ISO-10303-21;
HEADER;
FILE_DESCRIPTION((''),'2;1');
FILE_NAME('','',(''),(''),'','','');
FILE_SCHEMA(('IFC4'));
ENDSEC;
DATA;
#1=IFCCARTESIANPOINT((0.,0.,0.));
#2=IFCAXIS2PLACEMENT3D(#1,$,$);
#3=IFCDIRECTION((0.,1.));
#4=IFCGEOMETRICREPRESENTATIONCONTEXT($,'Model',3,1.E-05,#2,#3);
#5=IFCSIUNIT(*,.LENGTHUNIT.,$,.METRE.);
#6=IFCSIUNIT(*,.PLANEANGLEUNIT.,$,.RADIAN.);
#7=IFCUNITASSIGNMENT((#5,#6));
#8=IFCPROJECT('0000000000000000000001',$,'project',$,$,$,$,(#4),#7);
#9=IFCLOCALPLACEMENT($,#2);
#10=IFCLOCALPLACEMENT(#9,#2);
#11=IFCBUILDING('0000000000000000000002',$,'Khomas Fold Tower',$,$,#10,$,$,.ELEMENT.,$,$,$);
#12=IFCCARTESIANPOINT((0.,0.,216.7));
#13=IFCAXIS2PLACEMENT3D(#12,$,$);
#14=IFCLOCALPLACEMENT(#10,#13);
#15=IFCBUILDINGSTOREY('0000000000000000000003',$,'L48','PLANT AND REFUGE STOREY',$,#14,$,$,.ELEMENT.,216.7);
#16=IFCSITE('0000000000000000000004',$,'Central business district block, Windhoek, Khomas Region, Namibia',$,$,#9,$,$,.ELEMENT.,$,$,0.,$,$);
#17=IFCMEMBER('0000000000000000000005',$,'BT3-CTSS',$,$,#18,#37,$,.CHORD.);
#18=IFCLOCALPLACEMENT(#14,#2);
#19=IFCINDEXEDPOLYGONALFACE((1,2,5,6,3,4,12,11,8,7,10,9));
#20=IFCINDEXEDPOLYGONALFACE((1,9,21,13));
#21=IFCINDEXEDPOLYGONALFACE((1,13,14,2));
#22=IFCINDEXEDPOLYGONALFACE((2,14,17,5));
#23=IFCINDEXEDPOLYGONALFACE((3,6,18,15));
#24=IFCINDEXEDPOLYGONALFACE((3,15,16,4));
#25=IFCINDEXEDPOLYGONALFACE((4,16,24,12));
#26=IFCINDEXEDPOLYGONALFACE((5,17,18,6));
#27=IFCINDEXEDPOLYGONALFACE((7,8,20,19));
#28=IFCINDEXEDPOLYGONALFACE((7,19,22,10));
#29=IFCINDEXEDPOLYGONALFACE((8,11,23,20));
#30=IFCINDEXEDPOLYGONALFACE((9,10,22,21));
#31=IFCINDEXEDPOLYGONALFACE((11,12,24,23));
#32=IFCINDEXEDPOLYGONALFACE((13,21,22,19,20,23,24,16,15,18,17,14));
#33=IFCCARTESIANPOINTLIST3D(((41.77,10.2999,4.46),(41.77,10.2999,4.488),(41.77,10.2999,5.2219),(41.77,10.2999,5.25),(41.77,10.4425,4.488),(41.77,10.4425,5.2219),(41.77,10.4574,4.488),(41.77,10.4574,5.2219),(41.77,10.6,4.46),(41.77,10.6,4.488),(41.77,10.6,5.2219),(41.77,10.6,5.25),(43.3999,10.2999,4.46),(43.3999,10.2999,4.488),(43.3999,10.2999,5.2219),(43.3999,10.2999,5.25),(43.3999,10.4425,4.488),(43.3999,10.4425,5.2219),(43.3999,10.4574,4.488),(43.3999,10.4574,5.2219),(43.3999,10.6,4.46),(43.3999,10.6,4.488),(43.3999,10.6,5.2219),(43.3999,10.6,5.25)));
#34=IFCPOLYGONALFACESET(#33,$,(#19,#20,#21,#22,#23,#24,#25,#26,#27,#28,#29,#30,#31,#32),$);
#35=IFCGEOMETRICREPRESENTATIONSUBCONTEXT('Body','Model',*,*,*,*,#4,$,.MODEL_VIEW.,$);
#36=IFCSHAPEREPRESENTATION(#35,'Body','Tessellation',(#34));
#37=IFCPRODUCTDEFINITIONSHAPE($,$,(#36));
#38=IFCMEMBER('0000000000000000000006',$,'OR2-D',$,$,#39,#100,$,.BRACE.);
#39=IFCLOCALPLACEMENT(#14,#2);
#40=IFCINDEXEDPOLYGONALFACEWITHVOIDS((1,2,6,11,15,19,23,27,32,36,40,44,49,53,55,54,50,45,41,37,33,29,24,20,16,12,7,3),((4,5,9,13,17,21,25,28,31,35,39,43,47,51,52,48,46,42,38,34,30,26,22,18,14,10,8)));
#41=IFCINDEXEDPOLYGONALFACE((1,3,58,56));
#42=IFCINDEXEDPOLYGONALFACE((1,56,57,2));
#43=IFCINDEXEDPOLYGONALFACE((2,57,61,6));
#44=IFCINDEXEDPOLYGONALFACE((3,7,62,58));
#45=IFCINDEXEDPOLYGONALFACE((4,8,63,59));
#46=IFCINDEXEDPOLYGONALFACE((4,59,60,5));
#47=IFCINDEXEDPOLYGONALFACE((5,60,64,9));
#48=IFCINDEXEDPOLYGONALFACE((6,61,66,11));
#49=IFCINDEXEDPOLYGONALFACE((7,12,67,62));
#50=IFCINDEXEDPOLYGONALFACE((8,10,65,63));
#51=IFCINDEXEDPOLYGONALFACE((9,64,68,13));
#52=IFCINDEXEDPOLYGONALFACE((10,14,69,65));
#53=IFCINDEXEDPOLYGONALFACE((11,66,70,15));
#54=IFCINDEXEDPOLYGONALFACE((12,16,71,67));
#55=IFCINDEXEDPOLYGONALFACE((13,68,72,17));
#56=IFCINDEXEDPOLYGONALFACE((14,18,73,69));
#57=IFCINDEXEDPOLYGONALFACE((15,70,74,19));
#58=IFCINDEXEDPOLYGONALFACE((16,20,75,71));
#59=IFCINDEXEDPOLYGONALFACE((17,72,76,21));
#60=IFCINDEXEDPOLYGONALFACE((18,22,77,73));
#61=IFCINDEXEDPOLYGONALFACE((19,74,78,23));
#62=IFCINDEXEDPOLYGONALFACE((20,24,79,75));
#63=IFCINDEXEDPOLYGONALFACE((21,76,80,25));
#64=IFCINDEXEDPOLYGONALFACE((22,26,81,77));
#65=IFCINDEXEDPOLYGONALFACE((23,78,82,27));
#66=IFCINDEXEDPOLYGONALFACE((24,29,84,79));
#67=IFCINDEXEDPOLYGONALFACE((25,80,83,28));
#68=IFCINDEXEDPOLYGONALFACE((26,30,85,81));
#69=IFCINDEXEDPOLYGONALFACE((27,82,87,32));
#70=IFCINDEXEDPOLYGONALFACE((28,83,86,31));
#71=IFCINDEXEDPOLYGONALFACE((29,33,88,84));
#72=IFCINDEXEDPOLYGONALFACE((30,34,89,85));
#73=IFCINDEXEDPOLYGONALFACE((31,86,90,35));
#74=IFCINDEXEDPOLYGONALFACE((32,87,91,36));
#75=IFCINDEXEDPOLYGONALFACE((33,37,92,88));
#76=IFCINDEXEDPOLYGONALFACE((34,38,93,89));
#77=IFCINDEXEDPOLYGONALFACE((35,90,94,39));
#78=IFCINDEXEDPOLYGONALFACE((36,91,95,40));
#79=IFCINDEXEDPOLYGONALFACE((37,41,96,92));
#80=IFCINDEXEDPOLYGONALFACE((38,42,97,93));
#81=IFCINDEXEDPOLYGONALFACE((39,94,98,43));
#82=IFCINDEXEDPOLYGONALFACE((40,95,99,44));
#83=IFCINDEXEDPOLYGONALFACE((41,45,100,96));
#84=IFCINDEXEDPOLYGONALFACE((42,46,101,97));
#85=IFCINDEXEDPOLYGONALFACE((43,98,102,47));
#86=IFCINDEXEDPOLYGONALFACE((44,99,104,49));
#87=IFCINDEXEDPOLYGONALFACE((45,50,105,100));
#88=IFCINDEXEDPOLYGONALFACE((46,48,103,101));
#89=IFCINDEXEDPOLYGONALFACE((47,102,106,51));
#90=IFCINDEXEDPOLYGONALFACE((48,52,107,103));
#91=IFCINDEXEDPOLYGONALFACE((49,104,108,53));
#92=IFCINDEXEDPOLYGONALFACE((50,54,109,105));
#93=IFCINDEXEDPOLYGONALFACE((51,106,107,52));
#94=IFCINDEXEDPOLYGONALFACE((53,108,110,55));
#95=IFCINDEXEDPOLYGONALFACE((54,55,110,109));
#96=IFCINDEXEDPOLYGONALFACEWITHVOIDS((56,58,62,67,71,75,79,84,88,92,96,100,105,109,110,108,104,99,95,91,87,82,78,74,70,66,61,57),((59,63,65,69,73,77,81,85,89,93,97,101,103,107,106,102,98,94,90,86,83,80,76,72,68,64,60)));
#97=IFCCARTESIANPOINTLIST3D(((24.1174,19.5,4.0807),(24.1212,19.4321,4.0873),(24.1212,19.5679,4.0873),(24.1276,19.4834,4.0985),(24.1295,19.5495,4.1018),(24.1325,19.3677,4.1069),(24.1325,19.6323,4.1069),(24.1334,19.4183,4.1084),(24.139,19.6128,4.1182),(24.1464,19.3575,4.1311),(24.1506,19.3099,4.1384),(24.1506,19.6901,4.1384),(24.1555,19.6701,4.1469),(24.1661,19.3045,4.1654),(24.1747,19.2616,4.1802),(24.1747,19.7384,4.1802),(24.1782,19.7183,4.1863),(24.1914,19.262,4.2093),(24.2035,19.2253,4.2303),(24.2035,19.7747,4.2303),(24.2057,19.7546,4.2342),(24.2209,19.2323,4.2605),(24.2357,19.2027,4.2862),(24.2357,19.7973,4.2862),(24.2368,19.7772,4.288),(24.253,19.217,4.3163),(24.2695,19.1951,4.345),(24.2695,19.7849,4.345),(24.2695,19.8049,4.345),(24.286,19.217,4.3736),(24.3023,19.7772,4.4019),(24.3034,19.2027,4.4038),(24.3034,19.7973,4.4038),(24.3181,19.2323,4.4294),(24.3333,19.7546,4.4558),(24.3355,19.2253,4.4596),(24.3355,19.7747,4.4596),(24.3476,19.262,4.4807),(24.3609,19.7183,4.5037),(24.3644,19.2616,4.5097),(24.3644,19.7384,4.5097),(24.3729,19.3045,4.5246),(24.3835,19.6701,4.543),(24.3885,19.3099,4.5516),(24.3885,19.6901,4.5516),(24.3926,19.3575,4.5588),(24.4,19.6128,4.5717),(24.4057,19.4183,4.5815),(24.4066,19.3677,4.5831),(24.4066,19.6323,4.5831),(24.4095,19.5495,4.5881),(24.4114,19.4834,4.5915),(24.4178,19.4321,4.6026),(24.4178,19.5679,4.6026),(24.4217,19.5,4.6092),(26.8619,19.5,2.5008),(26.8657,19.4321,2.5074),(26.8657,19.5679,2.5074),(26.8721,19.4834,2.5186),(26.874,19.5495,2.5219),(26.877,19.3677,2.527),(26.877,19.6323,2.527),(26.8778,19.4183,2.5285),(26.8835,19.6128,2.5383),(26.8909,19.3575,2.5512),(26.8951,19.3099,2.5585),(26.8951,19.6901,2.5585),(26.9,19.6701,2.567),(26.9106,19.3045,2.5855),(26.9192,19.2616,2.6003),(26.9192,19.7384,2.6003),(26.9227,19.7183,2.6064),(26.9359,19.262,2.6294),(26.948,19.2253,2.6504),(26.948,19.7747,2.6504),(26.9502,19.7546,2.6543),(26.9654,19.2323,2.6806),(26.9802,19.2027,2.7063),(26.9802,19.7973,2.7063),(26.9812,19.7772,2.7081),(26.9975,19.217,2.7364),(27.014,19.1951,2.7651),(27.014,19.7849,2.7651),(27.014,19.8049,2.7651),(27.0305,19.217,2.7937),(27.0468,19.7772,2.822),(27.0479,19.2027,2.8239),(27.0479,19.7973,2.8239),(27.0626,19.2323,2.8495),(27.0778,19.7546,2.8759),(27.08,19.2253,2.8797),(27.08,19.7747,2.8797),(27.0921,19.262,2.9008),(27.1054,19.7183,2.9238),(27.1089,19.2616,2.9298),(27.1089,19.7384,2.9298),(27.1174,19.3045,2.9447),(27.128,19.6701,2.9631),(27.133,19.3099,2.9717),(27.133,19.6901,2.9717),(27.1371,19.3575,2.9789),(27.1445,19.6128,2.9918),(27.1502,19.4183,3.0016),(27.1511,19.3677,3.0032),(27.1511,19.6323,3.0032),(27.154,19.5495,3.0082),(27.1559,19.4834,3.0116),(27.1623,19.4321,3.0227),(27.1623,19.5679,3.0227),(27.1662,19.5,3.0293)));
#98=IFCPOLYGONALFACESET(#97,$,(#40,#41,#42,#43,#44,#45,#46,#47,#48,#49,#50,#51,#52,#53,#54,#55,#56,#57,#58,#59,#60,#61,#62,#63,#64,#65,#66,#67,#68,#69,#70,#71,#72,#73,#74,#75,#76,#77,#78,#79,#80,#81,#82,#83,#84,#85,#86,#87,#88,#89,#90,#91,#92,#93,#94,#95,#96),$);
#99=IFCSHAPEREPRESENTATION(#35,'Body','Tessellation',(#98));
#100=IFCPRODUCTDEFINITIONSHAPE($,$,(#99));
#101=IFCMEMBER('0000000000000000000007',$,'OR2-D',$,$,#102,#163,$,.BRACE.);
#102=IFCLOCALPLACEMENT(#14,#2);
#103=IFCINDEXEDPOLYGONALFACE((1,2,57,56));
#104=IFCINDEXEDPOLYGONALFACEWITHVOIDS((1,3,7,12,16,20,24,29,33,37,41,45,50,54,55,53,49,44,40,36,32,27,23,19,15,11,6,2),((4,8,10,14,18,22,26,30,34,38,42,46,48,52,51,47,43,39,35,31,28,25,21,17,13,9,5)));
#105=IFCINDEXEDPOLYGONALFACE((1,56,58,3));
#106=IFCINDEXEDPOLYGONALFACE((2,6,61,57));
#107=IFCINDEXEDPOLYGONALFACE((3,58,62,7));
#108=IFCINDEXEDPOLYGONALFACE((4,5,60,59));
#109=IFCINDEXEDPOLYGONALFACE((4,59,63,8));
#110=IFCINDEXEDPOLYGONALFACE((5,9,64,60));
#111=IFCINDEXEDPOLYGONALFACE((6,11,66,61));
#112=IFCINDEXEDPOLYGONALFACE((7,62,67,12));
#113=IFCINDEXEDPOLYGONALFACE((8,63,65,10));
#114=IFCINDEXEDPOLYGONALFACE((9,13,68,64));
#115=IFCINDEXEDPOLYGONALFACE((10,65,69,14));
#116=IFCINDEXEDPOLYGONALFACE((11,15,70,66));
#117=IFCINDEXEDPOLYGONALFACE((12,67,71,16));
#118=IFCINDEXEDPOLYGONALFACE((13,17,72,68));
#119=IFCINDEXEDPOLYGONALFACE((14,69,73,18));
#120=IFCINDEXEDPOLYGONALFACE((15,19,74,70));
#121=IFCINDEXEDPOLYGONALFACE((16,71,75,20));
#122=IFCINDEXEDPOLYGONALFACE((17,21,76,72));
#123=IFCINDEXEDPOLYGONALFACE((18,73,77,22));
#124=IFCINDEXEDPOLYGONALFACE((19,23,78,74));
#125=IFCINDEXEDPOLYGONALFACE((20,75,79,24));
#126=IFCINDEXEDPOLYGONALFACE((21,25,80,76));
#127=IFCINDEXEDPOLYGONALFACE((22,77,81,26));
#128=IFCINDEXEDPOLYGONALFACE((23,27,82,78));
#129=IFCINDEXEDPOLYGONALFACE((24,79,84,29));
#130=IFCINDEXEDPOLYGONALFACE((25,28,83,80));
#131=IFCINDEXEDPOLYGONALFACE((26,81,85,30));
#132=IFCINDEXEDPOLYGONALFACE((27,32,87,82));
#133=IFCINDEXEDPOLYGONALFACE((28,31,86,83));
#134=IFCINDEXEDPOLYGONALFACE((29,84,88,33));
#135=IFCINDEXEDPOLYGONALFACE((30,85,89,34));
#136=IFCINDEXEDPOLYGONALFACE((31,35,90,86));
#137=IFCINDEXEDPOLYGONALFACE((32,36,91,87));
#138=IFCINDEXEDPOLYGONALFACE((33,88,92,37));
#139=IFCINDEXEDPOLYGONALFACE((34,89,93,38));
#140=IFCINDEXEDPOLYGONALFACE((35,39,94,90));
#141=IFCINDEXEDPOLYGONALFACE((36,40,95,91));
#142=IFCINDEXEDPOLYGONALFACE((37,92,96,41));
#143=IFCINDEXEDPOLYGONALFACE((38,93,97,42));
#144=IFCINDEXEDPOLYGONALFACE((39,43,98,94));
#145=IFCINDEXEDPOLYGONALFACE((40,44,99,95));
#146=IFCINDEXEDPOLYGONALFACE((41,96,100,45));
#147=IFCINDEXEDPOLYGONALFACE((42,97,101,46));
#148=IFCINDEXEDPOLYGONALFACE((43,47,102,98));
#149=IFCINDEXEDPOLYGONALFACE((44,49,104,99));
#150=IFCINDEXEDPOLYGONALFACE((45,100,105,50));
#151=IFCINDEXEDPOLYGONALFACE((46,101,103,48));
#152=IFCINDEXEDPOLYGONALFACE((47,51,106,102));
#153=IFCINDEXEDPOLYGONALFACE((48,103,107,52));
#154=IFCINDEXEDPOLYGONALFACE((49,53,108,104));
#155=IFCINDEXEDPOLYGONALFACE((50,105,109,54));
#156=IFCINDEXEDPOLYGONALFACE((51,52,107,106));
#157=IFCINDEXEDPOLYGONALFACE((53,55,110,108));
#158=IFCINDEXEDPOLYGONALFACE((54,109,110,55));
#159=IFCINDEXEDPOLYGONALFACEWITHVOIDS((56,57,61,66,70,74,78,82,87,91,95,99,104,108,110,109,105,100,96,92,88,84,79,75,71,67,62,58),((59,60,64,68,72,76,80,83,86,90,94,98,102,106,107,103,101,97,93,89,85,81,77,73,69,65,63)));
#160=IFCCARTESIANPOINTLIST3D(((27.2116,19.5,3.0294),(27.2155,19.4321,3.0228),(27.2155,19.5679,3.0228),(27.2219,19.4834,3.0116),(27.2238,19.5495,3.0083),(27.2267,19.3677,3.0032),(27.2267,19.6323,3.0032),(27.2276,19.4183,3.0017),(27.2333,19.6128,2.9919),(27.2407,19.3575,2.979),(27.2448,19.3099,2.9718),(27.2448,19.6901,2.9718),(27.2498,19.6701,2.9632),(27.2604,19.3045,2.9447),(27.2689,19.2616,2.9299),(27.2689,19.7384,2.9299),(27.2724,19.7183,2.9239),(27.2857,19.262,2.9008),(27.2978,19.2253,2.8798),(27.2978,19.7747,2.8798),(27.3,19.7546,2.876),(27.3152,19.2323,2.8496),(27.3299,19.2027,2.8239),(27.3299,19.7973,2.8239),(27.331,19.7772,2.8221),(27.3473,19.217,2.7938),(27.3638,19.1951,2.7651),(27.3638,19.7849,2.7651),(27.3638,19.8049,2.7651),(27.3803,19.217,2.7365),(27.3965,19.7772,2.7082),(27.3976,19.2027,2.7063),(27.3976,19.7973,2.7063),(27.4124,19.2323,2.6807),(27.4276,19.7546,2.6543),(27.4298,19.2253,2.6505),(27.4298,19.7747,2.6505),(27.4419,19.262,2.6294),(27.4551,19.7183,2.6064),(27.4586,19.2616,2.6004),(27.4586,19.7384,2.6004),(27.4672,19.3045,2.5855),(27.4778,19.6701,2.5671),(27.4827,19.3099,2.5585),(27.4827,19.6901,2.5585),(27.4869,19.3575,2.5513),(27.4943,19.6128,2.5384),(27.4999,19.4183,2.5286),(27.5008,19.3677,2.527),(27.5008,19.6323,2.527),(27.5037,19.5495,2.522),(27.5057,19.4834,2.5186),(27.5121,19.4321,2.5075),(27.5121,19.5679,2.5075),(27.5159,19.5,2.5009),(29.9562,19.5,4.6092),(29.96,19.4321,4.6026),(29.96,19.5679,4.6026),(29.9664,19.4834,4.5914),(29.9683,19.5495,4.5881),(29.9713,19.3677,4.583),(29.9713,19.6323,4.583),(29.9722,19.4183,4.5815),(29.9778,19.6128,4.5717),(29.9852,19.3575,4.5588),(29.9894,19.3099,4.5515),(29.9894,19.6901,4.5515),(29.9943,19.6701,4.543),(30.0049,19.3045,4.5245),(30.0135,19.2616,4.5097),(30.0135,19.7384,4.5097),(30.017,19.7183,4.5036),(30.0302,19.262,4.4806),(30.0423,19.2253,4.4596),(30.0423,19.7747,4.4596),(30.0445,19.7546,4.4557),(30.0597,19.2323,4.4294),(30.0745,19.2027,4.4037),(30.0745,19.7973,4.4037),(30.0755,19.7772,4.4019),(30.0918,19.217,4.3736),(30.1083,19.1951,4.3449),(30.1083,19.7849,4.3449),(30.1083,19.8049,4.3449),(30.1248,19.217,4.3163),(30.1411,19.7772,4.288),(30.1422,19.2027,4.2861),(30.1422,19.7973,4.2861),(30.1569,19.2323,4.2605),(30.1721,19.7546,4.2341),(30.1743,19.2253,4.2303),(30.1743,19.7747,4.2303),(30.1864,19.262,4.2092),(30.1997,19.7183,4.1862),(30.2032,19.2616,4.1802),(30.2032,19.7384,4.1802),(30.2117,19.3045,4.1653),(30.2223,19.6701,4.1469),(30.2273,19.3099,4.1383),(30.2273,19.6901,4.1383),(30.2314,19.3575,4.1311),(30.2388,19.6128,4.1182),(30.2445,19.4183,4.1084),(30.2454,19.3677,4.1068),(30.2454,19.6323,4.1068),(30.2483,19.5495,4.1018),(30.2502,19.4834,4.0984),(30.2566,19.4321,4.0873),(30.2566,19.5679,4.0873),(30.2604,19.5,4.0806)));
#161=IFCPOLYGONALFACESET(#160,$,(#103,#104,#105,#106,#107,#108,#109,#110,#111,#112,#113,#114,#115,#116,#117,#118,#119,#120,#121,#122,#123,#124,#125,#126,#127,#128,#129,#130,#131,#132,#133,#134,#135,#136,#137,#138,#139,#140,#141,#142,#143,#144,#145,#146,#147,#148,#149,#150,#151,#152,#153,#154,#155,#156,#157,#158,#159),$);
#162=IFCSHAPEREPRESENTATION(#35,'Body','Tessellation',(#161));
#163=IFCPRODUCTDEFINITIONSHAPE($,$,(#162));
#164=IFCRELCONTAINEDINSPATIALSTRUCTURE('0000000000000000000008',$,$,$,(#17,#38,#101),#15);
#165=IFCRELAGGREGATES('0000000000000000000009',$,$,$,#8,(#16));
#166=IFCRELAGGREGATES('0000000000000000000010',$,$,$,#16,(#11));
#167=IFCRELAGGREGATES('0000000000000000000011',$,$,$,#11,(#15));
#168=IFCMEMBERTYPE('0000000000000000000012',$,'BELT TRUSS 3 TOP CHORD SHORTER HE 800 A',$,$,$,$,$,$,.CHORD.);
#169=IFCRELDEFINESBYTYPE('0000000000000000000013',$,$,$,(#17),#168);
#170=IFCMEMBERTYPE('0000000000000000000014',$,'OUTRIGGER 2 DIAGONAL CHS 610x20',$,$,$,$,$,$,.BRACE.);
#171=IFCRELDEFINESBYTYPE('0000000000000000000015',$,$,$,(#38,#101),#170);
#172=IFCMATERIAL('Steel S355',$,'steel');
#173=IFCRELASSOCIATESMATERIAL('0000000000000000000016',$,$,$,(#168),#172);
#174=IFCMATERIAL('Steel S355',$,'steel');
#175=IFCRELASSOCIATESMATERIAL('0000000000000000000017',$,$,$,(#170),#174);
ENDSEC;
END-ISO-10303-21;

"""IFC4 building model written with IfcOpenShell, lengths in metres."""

from ifc_helpers import new_model, si_unit, direction, frame, origin, origin_2d, place, context, subcontext, project, spatial, hollow_circle, i_section, extrude, source, transform, mapped, material, material_profile, profile_set, type_object, element, save


model = new_model("IFC4")

# Units and contexts
model_context = context("Model", 3, precision=1e-05, world=origin(), true_north=direction((0.0, 1.0)))
body_context = subcontext(model_context, "Body", "Model", "MODEL_VIEW")
ifc_project = project(units=[si_unit("LENGTHUNIT", "METRE"), si_unit("PLANEANGLEUNIT", "RADIAN")], contexts=[model_context])

# Site, building, storey
site_placement = place(None, origin())
site = spatial("IfcSite", under=ifc_project, at=site_placement, Name="Central business district block, Windhoek, Khomas Region, Namibia", CompositionType="ELEMENT", RefElevation=0.0)
building_placement = place(site_placement, origin())
building = spatial("IfcBuilding", under=site, at=building_placement, Name="Khomas Fold Tower", CompositionType="ELEMENT")
storey_placement = place(building_placement, frame((0.0, 0.0, 216.7)))
storey = spatial("IfcBuildingStorey", under=building, at=storey_placement, Name="L48", Description="PLANT AND REFUGE STOREY", CompositionType="ELEMENT", Elevation=216.7)

# Members
ifc_material_1 = material(Name="Steel S355", Category="steel")
ifc_material_profile_1 = material_profile(ifc_material_1, i_section(OverallWidth=0.3, OverallDepth=0.79, WebThickness=0.0149, FlangeThickness=0.0281, at=origin_2d()), Name="HE 800 A")
ifc_profile_set_1 = profile_set([ifc_material_profile_1], Name="Steel S355")
member_type_1 = type_object("IfcMemberType", Name="BELT TRUSS 3 TOP CHORD SHORTER HE 800 A", PredefinedType="CHORD", material=ifc_profile_set_1)
shared_shape_1 = source(origin(), body_context, "Body", "SweptSolid", [
    extrude(i_section(OverallWidth=0.3, OverallDepth=0.79, WebThickness=0.0149, FlangeThickness=0.0281, at=origin_2d()), origin(), (0.0, 0.0, 1.0), 1.6299),
])
member_1_placement = place(storey_placement, frame((43.3999, 10.45, 4.855), z_axis=(-1.0, 0.0, 0.0), x_axis=(0.0, -1.0, 0.0)))
element("IfcMember", 1, at=member_1_placement, inside=storey, type_object=member_type_1, Name="BT3-CTSS", PredefinedType="CHORD", context=body_context, shape_type="MappedRepresentation", body=[
    mapped(shared_shape_1, transform((0.0, 0.0, 0.0))),
])
ifc_material_2 = material(Name="Steel S355", Category="steel")
ifc_material_profile_2 = material_profile(ifc_material_2, hollow_circle(Radius=0.3049, WallThickness=0.02, at=origin_2d()), Name="CHS 610x20")
ifc_profile_set_2 = profile_set([ifc_material_profile_2], Name="Steel S355")
member_type_2 = type_object("IfcMemberType", Name="OUTRIGGER 2 DIAGONAL CHS 610x20", PredefinedType="BRACE", material=ifc_profile_set_2)
shared_shape_2 = source(origin(), body_context, "Body", "SweptSolid", [
    extrude(hollow_circle(Radius=0.3049, WallThickness=0.02, at=origin_2d()), origin(), (0.0, 0.0, 1.0), 3.1667),
])
for number, where, z_axis, x_axis, name in (
    (2, (24.2695, 19.5, 4.345), (0.866659, 0.0, -0.498901), (0.0, 1.0, 0.0), "OR2-D"),
    (3, (27.3638, 19.5, 2.7651), (0.866678, 0.0, 0.498868), (0.0, 1.0, 0.0), "OR2-D"),
):
    element("IfcMember", number, at=place(storey_placement, frame(where, z_axis=z_axis, x_axis=x_axis)), inside=storey, type_object=member_type_2, Name=name, PredefinedType="BRACE", context=body_context, shape_type="MappedRepresentation", body=[
        mapped(shared_shape_2, transform((0.0, 0.0, 0.0))),
    ])

save(model, "model.ifc")
